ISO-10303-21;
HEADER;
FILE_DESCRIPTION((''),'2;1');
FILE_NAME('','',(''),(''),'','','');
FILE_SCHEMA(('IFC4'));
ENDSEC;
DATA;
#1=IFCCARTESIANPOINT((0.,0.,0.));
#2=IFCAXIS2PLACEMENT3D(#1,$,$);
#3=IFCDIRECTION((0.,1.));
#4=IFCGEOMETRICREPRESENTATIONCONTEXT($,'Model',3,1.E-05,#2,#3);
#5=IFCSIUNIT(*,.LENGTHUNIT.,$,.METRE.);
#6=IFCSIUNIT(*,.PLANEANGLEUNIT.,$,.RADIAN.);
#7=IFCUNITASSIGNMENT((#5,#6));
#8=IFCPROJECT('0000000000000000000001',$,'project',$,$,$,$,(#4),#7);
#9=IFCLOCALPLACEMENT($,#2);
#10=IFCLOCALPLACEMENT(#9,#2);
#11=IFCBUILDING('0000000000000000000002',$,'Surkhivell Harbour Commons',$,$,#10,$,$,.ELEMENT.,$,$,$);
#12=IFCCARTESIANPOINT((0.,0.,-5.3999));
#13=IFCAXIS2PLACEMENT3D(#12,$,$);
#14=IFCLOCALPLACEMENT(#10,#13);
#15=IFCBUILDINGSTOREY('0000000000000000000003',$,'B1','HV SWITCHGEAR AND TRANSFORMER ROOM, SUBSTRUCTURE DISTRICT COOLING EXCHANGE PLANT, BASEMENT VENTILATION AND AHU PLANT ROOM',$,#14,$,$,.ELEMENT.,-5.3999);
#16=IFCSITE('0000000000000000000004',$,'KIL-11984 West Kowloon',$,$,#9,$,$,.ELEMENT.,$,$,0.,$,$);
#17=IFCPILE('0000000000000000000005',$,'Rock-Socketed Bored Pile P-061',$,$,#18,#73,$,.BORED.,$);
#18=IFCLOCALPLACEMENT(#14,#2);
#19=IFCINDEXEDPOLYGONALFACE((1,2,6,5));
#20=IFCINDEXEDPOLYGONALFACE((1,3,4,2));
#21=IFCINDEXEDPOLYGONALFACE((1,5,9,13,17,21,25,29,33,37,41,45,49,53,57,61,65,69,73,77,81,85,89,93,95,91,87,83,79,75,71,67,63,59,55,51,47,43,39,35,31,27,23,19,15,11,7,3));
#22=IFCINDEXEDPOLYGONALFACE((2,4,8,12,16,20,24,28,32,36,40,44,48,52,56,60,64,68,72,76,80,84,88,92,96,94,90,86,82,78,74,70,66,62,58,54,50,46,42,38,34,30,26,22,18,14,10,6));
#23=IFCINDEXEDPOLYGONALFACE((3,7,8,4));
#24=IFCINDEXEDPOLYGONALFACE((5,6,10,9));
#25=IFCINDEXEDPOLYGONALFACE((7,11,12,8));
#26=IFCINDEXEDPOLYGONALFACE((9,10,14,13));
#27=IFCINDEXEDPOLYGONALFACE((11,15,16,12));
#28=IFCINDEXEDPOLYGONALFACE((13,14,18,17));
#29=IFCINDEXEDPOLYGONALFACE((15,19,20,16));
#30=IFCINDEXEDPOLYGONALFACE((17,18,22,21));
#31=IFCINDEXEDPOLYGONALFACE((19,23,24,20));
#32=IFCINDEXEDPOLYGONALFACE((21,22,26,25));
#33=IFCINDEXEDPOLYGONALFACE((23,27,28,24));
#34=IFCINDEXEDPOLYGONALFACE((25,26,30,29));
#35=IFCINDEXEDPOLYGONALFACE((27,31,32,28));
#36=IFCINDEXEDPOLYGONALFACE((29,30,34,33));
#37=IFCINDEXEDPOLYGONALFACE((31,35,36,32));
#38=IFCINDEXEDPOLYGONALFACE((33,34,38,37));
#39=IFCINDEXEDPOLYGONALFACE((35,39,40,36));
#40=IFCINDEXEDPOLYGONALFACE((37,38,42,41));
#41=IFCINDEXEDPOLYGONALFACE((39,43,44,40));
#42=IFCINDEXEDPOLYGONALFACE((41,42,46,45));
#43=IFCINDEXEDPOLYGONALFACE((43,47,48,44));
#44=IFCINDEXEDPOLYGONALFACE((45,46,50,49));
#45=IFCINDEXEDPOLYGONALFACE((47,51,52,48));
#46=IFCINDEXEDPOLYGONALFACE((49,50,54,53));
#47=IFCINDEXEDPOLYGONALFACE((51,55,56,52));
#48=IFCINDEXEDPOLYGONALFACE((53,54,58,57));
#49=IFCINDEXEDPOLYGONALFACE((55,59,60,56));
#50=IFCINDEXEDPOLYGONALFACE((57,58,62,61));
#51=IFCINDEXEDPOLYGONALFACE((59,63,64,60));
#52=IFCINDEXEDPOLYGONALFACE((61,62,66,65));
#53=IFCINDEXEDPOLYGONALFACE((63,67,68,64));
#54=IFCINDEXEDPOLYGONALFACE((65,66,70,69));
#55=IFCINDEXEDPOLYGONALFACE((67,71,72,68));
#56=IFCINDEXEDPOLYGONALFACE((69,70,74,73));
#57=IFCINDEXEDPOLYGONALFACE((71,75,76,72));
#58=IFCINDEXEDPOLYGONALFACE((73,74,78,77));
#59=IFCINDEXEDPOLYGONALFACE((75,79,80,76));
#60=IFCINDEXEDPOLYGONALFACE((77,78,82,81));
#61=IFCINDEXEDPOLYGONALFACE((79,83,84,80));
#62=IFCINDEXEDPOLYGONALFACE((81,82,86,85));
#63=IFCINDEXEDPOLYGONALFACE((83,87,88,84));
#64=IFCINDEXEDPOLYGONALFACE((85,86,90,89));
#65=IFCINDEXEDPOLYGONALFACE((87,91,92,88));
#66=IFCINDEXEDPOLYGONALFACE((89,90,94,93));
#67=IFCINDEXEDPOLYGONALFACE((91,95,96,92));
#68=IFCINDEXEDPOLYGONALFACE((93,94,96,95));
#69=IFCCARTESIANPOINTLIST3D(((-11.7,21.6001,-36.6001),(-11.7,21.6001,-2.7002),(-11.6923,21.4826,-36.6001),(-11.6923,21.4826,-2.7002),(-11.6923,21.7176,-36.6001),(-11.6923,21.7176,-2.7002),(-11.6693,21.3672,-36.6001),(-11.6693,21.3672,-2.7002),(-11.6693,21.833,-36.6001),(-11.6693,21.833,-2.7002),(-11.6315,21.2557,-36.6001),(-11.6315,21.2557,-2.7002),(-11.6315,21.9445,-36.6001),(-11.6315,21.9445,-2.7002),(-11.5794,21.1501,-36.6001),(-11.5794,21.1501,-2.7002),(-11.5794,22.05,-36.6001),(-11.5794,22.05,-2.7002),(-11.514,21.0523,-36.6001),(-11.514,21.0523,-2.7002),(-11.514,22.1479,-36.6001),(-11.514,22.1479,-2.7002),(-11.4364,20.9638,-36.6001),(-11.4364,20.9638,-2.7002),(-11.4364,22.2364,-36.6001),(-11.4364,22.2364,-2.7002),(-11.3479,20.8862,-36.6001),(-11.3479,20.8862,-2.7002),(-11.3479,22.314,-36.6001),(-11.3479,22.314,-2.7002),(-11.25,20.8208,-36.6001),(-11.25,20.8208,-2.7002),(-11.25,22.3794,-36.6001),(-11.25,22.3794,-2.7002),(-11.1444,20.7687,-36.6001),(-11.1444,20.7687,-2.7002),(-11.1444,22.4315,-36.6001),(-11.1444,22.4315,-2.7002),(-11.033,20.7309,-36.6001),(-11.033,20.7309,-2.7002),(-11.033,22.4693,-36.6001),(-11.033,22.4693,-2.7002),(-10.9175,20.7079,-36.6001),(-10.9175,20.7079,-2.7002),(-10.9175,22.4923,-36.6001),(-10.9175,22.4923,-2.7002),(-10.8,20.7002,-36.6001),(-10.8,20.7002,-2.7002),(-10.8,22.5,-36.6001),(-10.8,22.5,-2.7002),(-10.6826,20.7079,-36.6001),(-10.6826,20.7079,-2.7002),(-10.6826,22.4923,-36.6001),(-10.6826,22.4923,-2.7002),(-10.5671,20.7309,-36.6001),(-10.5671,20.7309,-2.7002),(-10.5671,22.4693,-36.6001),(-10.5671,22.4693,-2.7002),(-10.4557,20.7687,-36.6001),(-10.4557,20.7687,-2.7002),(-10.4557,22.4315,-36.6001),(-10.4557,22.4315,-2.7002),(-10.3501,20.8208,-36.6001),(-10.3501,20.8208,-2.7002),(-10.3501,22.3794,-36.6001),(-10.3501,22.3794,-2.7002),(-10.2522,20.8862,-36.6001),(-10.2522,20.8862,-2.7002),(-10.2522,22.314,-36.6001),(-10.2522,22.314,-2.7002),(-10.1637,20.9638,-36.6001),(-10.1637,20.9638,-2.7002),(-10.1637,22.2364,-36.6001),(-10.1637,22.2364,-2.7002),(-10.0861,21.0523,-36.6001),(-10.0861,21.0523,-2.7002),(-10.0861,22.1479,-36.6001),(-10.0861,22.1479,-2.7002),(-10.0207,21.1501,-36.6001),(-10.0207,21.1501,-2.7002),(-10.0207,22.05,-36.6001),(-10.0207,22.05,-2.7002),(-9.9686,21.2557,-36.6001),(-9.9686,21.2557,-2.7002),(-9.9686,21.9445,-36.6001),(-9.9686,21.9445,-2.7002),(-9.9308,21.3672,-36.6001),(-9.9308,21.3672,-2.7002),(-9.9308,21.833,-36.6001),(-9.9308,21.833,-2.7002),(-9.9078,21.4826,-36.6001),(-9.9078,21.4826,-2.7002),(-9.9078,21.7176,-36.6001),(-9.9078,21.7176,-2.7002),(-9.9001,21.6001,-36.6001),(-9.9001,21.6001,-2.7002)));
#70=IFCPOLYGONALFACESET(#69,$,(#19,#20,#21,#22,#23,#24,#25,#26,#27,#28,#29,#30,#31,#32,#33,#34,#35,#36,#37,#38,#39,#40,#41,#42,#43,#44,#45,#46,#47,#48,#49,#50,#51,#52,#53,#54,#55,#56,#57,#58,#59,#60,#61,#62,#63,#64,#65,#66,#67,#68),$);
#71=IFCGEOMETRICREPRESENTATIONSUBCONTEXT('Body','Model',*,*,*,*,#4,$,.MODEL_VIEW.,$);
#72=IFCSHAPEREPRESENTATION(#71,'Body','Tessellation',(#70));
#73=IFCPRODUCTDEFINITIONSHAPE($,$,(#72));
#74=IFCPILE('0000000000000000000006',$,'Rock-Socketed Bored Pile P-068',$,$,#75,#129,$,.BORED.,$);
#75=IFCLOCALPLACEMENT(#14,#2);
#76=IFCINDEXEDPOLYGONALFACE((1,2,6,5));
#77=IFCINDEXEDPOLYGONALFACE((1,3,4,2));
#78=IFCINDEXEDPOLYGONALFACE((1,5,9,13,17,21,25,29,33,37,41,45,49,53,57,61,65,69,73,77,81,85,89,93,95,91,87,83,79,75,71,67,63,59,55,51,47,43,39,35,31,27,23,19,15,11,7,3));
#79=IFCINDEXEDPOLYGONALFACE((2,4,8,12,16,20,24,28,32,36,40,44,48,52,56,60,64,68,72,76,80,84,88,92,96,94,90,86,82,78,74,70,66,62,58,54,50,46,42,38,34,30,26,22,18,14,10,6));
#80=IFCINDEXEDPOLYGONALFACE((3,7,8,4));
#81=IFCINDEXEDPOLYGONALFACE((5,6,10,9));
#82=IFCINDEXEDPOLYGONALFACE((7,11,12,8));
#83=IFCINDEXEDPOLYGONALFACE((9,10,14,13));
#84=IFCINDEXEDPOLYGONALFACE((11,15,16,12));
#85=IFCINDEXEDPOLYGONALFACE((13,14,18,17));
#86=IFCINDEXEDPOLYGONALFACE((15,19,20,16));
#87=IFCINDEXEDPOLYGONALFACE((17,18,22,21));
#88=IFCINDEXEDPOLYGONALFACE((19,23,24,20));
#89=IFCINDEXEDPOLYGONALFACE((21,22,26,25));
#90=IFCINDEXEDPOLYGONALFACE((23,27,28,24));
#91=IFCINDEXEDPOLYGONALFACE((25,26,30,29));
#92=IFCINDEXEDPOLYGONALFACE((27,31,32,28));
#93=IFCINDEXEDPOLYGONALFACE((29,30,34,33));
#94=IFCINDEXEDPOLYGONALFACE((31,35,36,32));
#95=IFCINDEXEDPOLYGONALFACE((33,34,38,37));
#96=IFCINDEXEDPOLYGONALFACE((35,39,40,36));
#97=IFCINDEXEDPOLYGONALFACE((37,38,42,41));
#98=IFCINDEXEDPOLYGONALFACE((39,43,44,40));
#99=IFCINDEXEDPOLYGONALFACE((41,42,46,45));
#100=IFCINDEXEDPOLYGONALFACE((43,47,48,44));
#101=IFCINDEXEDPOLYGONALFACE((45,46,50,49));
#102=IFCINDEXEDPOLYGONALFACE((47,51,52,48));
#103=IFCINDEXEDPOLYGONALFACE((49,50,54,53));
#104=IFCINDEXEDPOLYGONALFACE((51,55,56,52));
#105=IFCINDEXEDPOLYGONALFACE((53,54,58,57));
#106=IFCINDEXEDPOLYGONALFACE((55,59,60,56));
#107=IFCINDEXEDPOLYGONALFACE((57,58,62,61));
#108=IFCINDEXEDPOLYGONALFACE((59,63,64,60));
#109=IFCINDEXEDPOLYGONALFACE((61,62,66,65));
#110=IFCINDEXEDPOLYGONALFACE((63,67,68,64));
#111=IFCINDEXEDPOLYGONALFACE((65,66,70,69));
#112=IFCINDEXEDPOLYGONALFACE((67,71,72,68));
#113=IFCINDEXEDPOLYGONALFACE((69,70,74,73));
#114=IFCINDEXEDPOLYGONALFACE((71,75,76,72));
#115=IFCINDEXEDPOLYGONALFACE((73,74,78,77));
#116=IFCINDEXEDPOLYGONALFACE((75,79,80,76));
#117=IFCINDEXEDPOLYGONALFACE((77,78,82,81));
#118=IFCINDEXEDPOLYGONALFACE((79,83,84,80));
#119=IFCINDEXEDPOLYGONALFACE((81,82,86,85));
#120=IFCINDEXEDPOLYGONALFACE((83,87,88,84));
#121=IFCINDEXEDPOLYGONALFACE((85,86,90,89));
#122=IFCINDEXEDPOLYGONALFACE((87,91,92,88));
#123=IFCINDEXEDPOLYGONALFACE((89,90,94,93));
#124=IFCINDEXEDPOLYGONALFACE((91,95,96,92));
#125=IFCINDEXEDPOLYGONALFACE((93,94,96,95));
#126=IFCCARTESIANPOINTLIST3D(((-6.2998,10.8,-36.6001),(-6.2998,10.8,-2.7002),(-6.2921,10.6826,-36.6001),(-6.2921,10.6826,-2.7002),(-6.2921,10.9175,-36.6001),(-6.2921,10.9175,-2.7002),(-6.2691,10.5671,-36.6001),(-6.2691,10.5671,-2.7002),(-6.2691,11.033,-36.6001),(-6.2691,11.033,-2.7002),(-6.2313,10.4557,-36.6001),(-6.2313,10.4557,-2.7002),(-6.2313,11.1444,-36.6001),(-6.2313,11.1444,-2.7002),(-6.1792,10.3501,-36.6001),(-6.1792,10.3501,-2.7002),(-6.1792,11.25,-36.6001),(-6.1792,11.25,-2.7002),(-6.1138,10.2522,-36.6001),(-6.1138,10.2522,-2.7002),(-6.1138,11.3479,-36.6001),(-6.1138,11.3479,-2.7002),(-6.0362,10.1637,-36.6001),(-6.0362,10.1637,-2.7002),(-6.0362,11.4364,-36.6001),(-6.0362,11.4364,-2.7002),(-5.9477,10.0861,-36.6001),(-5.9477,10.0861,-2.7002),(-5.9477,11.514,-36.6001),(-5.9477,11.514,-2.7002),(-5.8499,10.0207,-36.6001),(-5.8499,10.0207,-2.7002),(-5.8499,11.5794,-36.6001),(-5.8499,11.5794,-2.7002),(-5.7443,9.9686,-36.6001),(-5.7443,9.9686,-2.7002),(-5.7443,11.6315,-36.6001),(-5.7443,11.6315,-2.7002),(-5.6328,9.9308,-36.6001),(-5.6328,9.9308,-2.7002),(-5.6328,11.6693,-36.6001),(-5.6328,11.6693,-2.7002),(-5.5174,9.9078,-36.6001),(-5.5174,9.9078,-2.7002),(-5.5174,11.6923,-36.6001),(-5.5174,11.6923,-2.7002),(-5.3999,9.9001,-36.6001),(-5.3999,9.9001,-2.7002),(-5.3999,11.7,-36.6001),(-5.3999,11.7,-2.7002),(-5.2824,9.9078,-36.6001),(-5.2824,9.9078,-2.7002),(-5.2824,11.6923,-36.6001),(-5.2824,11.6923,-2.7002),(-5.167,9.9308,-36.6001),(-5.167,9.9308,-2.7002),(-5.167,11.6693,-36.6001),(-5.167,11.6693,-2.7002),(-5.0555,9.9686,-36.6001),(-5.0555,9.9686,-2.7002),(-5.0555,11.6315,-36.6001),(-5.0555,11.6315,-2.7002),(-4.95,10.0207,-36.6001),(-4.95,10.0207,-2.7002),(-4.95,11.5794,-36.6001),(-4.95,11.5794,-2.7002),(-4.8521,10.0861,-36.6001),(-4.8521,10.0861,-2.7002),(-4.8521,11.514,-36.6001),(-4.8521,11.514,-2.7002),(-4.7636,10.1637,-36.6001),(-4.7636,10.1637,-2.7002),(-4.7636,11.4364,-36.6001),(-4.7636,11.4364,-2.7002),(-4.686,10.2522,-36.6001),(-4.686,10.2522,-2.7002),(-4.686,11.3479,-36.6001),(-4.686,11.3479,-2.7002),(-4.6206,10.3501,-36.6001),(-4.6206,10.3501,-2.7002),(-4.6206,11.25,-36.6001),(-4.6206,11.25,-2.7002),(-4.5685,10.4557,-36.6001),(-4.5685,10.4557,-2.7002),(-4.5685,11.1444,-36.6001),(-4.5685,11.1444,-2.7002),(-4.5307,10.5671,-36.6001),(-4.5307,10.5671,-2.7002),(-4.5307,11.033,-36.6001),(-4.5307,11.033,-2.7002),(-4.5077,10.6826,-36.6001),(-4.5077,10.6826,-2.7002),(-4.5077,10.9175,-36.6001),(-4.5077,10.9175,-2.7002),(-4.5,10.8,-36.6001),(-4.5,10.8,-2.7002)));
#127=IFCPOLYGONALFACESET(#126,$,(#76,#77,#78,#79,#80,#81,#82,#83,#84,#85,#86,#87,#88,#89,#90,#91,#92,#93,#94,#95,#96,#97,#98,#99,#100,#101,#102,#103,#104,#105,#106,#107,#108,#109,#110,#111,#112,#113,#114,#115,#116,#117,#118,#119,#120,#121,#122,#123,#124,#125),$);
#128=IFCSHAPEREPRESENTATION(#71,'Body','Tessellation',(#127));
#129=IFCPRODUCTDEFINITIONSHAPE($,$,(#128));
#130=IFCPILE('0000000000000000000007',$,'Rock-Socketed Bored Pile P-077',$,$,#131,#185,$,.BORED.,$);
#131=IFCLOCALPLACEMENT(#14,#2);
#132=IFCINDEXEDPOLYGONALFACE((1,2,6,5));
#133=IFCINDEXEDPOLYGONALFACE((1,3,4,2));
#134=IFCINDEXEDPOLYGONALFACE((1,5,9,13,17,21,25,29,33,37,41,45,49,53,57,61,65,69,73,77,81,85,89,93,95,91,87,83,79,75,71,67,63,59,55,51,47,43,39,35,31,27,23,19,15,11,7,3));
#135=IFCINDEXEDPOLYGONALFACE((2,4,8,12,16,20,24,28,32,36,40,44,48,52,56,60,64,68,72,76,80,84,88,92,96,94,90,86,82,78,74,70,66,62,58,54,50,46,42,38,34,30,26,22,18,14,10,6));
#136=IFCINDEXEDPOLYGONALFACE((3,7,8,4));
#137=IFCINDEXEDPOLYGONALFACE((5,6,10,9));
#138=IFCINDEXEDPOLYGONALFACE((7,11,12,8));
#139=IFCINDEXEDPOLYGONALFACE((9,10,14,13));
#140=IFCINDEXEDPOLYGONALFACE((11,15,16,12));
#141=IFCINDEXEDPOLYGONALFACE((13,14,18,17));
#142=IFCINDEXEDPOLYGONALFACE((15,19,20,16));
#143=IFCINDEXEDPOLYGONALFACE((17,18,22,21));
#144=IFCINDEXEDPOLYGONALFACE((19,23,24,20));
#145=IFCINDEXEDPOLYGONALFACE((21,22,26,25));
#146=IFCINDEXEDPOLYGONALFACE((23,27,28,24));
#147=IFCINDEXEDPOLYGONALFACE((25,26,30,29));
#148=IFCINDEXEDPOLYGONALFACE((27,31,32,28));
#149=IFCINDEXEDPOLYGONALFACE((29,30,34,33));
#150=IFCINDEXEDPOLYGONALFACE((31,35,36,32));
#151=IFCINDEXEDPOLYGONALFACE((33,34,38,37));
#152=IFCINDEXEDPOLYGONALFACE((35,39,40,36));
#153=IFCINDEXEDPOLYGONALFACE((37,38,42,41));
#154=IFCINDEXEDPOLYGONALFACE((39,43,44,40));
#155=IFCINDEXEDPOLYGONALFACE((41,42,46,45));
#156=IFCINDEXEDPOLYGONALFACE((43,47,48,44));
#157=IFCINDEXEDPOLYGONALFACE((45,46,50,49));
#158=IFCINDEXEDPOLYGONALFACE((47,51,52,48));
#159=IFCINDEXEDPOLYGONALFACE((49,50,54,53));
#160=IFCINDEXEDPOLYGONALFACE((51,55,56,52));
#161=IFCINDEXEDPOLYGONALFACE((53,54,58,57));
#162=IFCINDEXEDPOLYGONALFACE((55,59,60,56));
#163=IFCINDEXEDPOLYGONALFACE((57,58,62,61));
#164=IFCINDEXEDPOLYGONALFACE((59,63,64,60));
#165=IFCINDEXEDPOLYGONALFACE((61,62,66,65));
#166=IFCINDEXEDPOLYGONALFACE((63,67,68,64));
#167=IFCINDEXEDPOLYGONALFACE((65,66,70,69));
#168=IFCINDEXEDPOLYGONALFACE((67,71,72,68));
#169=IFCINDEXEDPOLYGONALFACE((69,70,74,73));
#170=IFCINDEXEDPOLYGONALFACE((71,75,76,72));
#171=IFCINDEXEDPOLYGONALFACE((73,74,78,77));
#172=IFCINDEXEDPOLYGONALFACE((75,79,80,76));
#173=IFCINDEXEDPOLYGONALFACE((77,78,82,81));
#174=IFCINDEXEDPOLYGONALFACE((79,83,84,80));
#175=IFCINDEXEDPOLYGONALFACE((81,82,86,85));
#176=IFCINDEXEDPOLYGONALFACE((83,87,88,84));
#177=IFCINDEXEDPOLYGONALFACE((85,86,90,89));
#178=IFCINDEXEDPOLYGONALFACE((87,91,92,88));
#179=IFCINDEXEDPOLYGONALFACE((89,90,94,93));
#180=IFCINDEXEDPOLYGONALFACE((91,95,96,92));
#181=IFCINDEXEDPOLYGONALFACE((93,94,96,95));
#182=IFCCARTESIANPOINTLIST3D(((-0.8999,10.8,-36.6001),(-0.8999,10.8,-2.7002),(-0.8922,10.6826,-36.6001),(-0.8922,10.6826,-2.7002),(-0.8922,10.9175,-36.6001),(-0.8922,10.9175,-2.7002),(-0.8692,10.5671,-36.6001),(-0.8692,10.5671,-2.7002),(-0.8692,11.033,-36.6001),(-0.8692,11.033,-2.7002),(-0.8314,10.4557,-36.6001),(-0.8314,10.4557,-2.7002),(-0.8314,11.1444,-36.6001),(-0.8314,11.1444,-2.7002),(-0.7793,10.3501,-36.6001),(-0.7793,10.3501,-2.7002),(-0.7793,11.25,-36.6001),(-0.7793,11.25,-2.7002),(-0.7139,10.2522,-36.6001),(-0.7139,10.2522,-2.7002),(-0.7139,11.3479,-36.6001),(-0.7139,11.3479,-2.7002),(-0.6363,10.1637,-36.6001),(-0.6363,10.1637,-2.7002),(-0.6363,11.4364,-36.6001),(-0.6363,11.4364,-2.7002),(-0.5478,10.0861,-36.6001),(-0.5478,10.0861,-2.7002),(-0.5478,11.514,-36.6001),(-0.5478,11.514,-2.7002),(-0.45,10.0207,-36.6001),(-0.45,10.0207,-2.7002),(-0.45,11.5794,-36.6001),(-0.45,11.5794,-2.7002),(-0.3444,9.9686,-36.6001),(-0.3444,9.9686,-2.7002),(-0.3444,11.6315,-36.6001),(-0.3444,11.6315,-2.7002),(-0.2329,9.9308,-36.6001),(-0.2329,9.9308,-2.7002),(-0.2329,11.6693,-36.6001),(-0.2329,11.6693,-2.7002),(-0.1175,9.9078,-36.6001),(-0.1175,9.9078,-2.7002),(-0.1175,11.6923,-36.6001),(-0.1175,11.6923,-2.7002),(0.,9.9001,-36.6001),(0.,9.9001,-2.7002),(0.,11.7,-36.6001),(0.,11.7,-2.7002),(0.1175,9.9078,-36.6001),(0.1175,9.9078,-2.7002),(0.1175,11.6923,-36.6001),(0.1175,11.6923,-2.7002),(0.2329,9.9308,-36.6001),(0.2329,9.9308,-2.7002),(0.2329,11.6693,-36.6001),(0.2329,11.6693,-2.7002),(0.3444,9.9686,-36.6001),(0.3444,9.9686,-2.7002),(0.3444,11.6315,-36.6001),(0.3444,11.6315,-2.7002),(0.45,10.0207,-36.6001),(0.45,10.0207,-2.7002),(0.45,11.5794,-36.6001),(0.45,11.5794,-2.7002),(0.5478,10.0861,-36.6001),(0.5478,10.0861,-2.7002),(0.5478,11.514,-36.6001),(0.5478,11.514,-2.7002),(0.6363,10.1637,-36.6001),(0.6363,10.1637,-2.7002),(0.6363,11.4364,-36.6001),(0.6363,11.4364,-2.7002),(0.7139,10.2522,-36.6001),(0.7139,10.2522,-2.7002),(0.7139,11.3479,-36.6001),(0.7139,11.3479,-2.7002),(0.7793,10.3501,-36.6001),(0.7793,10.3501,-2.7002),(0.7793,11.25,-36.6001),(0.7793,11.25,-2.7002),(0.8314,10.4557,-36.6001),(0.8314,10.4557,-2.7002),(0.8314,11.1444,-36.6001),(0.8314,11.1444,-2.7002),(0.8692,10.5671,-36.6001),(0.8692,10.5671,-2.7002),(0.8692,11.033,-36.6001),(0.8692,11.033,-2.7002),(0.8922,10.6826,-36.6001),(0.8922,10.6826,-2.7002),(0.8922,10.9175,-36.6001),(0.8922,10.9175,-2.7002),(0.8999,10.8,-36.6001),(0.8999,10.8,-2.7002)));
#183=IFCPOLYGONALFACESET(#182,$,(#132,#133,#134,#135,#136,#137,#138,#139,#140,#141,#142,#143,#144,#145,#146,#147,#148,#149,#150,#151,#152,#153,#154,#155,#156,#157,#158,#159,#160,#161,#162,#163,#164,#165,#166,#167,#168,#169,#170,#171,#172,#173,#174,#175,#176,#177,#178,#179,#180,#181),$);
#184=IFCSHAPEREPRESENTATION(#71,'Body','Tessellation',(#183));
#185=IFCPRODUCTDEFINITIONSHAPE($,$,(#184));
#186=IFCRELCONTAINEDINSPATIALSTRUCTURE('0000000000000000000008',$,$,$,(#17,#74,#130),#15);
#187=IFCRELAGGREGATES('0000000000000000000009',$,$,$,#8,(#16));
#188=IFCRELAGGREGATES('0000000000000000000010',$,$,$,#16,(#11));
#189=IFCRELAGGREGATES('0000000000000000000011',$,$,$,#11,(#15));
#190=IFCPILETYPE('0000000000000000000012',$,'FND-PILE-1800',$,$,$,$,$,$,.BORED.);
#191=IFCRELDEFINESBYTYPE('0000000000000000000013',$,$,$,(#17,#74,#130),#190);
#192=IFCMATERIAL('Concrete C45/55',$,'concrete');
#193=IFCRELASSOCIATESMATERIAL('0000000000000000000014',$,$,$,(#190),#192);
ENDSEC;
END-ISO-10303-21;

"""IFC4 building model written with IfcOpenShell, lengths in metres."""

from ifc_helpers import new_model, si_unit, direction, frame, origin, origin_2d, place, context, subcontext, project, spatial, circle, extrude, material, material_profile, profile_set, type_object, element, save


model = new_model("IFC4")

# Units and contexts
model_context = context("Model", 3, precision=1e-05, world=origin(), true_north=direction((0.0, 1.0)))
body_context = subcontext(model_context, "Body", "Model", "MODEL_VIEW")
ifc_project = project(units=[si_unit("LENGTHUNIT", "METRE"), si_unit("PLANEANGLEUNIT", "RADIAN")], contexts=[model_context])

# Site, building, storey
site_placement = place(None, origin())
site = spatial("IfcSite", under=ifc_project, at=site_placement, Name="KIL-11984 West Kowloon", CompositionType="ELEMENT", RefElevation=0.0)
building_placement = place(site_placement, origin())
building = spatial("IfcBuilding", under=site, at=building_placement, Name="Surkhivell Harbour Commons", CompositionType="ELEMENT")
storey_placement = place(building_placement, frame((0.0, 0.0, -5.3999)))
storey = spatial("IfcBuildingStorey", under=building, at=storey_placement, Name="B1", Description="HV SWITCHGEAR AND TRANSFORMER ROOM, SUBSTRUCTURE DISTRICT COOLING EXCHANGE PLANT, BASEMENT VENTILATION AND AHU PLANT ROOM", CompositionType="ELEMENT", Elevation=-5.3999)

# Piles
ifc_material_1 = material(Name="Concrete C45/55", Category="concrete")
ifc_material_profile_1 = material_profile(ifc_material_1, circle(Radius=0.8999, at=origin_2d()), Name="PILE-1800")
ifc_profile_set_1 = profile_set([ifc_material_profile_1], Name="Concrete C45/55")
pile_type_1 = type_object("IfcPileType", Name="FND-PILE-1800", PredefinedType="BORED", material=ifc_profile_set_1)
for number, where, z_axis, x_axis, name in (
    (1, (-10.8, 21.6001, -2.7002), (0.0, 0.0, -1.0), (1.0, 0.0, 0.0), "Rock-Socketed Bored Pile P-061"),
    (2, (-5.3999, 10.8, -2.7002), (0.0, 0.0, -1.0), (1.0, 0.0, 0.0), "Rock-Socketed Bored Pile P-068"),
    (3, (0.0, 10.8, -2.7002), (0.0, 0.0, -1.0), (1.0, 0.0, 0.0), "Rock-Socketed Bored Pile P-077"),
):
    element("IfcPile", number, at=place(storey_placement, frame(where, z_axis=z_axis, x_axis=x_axis)), inside=storey, type_object=pile_type_1, Name=name, PredefinedType="BORED", context=body_context, shape_type="SweptSolid", body=[
        extrude(circle(Radius=0.8999, at=origin_2d()), origin(), (0.0, 0.0, 1.0), 33.8999),
    ])

save(model, "model.ifc")
